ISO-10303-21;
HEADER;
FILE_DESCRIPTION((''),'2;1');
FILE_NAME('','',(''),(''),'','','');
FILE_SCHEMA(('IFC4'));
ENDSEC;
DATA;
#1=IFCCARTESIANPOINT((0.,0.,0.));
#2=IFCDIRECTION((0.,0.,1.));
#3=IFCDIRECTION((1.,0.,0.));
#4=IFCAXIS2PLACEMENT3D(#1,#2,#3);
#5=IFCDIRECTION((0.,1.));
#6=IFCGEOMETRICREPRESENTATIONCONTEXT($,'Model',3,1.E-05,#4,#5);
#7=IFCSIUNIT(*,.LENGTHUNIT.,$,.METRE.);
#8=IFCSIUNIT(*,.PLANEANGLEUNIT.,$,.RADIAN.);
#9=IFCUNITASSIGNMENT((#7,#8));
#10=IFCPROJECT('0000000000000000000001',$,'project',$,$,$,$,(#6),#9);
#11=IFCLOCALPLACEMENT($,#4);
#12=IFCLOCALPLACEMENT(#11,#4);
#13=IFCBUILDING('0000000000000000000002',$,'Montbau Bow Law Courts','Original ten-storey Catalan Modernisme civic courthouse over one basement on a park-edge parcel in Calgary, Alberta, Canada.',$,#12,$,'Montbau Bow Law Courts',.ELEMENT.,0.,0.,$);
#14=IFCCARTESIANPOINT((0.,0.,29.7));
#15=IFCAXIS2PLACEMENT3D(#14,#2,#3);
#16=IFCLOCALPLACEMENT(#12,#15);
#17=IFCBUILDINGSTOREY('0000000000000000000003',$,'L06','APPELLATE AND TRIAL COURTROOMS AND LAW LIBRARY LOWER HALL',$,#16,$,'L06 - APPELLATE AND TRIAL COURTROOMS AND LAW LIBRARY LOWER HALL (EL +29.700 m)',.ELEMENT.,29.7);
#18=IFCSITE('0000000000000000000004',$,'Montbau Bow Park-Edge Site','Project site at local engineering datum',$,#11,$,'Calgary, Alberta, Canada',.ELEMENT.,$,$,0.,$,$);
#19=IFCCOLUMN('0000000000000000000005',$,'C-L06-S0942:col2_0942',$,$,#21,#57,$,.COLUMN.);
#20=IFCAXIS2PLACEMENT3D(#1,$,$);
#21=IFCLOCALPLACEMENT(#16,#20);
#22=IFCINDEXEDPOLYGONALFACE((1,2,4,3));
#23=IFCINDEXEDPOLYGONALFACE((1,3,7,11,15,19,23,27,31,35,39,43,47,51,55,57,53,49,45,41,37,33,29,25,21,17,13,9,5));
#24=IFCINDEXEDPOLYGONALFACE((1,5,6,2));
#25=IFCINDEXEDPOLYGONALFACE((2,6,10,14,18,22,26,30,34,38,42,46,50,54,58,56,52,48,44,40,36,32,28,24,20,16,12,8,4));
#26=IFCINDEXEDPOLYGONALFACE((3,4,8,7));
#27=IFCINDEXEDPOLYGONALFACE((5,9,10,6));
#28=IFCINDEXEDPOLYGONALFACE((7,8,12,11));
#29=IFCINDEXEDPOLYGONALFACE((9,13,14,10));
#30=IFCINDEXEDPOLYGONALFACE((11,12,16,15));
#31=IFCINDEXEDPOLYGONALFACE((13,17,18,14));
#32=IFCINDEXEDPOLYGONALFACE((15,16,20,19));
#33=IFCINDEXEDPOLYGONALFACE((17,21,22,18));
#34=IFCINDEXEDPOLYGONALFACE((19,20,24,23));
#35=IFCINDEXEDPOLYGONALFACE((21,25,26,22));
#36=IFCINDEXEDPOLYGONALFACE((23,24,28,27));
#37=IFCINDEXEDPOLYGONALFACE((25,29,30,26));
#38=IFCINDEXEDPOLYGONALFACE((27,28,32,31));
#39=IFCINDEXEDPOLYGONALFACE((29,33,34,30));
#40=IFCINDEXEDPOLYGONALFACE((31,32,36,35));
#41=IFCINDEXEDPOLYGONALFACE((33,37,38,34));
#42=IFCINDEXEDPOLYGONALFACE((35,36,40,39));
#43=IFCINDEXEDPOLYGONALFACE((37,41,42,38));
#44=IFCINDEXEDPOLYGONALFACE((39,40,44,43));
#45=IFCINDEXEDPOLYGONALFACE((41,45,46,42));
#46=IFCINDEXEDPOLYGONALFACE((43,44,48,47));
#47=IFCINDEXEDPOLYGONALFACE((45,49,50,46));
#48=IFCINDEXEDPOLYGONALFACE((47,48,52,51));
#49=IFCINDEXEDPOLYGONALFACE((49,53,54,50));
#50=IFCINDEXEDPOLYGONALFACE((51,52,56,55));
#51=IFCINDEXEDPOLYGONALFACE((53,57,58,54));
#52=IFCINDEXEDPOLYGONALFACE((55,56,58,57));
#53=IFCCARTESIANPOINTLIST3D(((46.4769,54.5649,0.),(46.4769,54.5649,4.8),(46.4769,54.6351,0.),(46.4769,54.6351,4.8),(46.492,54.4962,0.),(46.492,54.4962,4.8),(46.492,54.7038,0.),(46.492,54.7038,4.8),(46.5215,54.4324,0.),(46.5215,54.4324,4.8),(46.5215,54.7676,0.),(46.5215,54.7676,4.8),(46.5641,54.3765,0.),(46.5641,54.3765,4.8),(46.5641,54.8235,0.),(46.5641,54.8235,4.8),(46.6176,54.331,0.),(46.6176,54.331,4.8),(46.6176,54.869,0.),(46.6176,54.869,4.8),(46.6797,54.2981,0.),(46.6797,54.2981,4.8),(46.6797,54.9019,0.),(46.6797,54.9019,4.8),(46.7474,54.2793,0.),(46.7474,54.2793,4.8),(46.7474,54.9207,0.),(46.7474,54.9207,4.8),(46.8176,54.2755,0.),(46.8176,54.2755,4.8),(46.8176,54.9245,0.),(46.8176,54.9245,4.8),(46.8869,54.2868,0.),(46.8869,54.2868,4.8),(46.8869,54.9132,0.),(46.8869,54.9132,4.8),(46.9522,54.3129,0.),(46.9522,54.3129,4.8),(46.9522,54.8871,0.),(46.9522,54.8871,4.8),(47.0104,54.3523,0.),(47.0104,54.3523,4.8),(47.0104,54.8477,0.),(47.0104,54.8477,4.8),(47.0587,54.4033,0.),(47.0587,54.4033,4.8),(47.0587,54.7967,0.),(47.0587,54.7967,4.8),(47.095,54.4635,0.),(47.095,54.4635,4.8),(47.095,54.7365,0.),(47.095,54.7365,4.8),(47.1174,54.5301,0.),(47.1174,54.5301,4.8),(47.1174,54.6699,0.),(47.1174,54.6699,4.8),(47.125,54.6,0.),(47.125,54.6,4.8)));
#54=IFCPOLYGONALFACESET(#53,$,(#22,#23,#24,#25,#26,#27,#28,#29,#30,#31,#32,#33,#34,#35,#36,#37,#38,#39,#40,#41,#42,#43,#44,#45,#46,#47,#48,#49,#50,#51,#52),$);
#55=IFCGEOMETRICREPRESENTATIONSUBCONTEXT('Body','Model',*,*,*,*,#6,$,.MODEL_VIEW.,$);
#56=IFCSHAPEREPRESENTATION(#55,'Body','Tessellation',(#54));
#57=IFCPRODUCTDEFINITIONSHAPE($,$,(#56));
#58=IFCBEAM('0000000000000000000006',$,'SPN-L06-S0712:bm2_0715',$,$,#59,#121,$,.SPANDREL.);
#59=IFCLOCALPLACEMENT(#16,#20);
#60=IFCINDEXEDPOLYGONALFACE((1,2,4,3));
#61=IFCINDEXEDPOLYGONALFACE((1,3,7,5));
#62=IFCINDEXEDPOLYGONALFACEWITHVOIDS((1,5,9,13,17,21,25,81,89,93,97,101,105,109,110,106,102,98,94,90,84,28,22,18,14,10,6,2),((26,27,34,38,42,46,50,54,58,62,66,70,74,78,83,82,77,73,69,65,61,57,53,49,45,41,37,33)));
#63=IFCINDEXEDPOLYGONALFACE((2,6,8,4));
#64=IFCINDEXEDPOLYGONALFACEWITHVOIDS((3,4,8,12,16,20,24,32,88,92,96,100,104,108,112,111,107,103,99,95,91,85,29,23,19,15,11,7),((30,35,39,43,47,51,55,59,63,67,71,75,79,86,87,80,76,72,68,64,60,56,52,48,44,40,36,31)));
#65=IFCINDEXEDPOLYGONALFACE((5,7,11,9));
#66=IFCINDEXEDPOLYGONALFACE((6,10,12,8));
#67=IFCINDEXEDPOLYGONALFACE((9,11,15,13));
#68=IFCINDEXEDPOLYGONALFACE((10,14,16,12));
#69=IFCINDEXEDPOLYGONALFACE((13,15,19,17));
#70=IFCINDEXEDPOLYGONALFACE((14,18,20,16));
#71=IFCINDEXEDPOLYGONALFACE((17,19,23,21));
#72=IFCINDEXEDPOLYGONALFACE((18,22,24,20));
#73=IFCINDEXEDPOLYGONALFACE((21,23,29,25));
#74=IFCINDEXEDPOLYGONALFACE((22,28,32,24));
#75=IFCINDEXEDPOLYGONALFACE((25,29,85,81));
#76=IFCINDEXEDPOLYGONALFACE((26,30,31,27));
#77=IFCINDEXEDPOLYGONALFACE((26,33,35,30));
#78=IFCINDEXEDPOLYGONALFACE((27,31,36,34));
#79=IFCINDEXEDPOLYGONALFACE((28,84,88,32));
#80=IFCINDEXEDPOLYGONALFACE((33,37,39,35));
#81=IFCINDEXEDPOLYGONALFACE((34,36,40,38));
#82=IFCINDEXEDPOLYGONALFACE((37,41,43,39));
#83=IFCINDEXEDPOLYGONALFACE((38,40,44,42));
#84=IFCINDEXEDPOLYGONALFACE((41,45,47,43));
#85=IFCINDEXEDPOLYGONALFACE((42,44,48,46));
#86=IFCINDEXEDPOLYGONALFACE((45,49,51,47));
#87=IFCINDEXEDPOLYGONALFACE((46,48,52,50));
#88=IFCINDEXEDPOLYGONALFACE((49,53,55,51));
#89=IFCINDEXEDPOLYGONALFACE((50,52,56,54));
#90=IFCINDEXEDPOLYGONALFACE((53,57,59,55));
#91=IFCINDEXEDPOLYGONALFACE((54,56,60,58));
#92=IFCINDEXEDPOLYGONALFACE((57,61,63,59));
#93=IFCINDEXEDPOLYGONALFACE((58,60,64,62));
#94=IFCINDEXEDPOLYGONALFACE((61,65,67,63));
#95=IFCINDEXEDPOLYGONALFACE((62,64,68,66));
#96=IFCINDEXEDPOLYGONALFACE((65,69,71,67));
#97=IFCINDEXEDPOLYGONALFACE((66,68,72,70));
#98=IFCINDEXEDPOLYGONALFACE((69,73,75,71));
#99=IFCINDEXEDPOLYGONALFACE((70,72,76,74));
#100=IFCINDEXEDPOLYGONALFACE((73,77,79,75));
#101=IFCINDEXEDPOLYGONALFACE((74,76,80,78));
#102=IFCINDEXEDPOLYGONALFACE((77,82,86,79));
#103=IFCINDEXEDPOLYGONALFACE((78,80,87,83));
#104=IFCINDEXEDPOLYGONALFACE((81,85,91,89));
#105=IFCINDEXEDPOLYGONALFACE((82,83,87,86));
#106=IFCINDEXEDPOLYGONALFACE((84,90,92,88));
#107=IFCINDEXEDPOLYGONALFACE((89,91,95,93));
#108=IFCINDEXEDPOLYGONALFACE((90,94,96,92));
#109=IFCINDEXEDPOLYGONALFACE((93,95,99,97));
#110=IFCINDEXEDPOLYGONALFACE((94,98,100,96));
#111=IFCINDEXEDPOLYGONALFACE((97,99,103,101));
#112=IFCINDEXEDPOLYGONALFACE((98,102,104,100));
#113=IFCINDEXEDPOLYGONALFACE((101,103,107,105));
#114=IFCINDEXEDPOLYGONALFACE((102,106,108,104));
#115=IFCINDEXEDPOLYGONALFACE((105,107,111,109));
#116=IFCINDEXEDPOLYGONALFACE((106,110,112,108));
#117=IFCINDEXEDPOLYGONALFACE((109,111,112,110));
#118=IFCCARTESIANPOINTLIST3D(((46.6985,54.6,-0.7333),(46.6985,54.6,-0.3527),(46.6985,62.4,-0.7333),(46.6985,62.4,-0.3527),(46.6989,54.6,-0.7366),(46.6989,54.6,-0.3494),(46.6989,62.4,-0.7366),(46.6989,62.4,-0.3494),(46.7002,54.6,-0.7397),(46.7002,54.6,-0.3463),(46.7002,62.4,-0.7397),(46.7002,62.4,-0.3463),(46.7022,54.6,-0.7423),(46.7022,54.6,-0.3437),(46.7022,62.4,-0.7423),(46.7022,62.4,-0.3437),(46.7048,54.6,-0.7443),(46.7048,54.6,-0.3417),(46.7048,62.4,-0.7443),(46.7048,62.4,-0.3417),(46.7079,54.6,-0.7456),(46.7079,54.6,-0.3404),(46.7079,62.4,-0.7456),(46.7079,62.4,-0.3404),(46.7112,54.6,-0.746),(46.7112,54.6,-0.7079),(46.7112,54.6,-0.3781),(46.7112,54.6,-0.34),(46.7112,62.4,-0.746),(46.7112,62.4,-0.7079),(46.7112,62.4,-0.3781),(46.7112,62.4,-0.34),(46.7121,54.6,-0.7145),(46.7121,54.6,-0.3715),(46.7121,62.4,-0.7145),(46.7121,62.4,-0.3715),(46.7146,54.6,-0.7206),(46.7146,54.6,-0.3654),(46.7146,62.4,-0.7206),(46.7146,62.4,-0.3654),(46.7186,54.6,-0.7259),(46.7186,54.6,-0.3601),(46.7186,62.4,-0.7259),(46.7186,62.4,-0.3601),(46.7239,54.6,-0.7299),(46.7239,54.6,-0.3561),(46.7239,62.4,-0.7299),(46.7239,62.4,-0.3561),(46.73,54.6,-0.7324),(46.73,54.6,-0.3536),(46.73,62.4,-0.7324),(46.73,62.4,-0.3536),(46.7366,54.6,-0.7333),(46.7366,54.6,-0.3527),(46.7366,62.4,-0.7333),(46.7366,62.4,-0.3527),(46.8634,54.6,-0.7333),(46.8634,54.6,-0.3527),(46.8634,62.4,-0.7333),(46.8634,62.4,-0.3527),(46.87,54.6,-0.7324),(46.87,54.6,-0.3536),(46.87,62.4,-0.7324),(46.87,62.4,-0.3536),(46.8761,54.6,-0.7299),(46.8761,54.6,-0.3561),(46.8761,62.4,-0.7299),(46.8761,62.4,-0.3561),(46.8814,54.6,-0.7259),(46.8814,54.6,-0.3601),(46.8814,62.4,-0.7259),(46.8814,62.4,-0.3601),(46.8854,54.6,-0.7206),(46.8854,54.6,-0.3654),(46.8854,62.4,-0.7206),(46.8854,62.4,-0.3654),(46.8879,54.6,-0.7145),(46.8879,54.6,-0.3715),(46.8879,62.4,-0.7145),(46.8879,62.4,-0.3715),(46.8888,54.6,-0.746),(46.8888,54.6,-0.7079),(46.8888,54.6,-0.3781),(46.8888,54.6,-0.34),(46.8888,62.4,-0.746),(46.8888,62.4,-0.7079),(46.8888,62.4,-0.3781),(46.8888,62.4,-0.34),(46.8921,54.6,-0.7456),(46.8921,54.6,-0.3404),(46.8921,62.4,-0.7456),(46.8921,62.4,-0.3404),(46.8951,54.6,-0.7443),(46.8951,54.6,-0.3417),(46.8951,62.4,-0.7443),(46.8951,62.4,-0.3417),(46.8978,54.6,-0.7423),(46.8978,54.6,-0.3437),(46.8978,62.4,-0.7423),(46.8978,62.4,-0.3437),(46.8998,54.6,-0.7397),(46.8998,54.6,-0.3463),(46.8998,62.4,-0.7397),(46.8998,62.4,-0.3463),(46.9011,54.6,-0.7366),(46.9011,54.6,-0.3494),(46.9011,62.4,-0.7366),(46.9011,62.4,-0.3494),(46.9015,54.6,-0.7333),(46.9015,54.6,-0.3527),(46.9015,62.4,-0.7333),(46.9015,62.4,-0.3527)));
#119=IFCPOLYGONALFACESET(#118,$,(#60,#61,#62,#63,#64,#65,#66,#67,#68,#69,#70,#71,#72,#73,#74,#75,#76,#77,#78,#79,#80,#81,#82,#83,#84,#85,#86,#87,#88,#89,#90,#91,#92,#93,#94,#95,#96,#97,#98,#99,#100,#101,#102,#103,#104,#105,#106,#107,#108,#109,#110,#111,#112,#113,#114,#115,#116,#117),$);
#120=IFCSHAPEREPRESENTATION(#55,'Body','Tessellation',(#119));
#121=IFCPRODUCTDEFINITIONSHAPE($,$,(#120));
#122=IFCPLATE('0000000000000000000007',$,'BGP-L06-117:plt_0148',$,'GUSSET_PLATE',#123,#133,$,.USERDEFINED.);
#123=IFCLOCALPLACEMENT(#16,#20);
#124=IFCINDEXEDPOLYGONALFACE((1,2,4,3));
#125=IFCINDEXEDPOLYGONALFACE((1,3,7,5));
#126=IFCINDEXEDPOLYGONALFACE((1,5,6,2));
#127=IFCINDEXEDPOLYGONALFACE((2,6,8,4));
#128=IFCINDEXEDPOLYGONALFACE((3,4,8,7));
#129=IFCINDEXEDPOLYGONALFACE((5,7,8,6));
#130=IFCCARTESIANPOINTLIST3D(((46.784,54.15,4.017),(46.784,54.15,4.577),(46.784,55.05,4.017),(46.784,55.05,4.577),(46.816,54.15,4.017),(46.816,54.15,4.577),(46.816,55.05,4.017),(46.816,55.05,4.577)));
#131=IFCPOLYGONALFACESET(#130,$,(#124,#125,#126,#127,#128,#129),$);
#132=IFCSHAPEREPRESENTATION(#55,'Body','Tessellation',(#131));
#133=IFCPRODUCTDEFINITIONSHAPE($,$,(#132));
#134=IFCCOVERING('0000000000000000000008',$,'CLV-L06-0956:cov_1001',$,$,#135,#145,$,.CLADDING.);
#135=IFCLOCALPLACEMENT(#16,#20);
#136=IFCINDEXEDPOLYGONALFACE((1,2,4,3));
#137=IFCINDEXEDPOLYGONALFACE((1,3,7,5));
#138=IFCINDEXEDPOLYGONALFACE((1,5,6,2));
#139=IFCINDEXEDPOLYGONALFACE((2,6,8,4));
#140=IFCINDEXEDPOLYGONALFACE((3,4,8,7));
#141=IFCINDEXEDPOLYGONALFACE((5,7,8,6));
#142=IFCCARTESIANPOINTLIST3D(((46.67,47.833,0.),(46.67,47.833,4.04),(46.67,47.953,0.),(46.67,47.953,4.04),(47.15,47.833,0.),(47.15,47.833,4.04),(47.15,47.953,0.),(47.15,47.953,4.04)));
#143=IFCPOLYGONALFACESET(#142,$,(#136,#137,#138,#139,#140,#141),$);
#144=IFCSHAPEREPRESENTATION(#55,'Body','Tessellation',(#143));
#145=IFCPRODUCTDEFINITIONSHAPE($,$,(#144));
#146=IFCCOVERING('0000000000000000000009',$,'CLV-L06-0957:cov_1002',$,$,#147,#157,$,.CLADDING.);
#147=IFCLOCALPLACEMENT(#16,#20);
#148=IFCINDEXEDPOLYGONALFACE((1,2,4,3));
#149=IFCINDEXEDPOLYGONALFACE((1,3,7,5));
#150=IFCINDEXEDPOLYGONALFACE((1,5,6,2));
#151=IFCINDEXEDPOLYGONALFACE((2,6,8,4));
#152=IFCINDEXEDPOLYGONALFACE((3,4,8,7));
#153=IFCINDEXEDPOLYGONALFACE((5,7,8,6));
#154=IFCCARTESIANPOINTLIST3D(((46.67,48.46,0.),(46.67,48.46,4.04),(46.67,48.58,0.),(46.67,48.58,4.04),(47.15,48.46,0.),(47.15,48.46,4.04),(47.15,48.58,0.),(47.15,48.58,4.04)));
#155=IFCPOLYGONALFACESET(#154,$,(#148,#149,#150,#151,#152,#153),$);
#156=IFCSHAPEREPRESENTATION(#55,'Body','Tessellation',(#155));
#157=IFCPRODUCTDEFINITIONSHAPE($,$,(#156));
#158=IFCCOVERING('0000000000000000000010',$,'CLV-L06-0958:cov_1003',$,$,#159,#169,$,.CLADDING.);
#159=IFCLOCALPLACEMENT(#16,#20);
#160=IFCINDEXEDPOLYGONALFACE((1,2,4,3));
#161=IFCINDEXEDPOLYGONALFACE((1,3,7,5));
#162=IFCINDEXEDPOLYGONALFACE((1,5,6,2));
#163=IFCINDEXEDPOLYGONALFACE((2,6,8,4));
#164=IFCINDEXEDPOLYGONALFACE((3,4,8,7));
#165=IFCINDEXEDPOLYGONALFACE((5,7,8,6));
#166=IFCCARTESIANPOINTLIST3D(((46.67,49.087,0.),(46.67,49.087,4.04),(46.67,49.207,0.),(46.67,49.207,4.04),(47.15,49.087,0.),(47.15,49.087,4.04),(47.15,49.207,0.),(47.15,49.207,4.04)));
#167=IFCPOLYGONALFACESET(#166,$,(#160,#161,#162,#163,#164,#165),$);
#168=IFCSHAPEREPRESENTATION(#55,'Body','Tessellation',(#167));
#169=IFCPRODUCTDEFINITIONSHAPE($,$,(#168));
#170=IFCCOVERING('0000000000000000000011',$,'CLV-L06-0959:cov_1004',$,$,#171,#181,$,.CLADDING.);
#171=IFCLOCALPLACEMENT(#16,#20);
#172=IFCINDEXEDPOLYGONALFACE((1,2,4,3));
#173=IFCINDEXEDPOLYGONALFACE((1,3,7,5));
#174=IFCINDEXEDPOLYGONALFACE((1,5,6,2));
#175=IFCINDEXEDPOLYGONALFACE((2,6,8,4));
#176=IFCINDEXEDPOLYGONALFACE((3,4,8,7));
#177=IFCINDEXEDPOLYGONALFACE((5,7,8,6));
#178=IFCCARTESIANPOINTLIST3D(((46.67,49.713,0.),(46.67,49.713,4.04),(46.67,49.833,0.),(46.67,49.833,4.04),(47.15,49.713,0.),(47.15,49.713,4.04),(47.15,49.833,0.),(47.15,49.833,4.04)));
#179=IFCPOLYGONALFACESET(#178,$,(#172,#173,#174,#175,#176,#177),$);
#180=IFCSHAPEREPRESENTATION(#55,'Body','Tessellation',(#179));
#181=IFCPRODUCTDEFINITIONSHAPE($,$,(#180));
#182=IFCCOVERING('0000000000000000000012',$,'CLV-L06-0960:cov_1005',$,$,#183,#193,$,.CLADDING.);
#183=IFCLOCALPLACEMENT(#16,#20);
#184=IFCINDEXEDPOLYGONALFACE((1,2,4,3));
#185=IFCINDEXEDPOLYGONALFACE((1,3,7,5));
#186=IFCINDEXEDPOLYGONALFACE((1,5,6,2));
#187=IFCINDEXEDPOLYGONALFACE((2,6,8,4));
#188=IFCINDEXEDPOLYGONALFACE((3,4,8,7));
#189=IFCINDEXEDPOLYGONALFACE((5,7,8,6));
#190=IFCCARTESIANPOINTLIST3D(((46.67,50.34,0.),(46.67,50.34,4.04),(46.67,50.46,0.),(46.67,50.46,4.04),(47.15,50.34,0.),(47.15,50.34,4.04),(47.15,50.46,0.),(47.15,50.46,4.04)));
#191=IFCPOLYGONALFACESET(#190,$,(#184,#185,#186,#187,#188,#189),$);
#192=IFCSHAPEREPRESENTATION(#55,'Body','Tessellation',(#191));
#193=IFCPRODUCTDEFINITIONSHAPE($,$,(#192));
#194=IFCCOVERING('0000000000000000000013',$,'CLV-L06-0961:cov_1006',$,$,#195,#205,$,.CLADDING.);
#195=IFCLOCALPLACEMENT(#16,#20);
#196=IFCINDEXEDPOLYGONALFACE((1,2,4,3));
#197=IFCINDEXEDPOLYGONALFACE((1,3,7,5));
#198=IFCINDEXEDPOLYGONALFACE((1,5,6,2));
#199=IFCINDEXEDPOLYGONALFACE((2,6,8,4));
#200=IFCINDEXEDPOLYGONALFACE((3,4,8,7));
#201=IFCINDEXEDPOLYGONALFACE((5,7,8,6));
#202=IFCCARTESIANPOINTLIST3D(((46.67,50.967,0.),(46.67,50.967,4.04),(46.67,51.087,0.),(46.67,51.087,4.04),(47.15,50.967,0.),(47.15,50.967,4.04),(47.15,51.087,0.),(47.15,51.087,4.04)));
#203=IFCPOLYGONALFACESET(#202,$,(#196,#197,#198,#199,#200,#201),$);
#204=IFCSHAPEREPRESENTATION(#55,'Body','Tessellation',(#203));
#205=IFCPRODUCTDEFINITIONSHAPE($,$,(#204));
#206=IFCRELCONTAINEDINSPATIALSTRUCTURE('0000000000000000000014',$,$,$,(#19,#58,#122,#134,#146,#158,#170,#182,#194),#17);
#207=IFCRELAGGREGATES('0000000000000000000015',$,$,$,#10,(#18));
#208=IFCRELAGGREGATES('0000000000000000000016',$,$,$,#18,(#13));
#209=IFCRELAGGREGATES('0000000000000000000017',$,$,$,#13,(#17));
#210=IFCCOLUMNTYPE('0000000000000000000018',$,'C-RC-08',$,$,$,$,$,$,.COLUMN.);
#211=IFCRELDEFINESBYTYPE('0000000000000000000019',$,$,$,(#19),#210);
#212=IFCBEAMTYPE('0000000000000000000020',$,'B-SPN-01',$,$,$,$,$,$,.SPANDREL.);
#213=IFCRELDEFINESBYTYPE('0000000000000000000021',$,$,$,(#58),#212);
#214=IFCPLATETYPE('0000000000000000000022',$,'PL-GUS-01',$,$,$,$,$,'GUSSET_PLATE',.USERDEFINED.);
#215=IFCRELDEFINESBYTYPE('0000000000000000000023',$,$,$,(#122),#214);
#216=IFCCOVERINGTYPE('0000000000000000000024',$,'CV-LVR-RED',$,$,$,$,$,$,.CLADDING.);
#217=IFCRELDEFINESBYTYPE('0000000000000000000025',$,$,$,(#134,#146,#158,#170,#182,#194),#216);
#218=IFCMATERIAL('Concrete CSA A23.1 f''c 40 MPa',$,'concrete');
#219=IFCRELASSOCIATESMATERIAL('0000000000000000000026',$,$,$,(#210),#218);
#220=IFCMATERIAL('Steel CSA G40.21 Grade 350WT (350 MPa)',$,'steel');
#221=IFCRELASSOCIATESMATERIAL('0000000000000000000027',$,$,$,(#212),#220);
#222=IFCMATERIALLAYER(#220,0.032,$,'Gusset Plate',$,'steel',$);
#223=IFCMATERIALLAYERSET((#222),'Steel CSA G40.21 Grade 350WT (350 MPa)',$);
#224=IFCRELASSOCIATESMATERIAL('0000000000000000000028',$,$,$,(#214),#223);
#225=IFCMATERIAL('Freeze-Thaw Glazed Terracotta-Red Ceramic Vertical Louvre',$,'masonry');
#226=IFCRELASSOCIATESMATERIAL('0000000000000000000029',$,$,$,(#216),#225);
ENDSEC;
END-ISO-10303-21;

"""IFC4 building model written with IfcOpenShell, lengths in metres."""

from ifc_helpers import new_model, si_unit, direction, frame, frame_2d, origin_with_axes, origin_2d_with_axis, place, context, subcontext, project, spatial, rectangle, hollow_rectangle, circle, extrude, material, layer, layer_set, material_profile, profile_set, type_object, element, save


model = new_model("IFC4")

# Units and contexts
model_context = context("Model", 3, precision=1e-05, world=origin_with_axes(), true_north=direction((0.0, 1.0)))
body_context = subcontext(model_context, "Body", "Model", "MODEL_VIEW")
ifc_project = project(units=[si_unit("LENGTHUNIT", "METRE"), si_unit("PLANEANGLEUNIT", "RADIAN")], contexts=[model_context])

# Site, building, storey
site_placement = place(None, origin_with_axes())
site = spatial("IfcSite", under=ifc_project, at=site_placement, Name="Montbau Bow Park-Edge Site", Description="Project site at local engineering datum", LongName="Calgary, Alberta, Canada", CompositionType="ELEMENT", RefElevation=0.0)
building_placement = place(site_placement, origin_with_axes())
building = spatial("IfcBuilding", under=site, at=building_placement, Name="Montbau Bow Law Courts", Description="Original ten-storey Catalan Modernisme civic courthouse over one basement on a park-edge parcel in Calgary, Alberta, Canada.", LongName="Montbau Bow Law Courts", CompositionType="ELEMENT", ElevationOfRefHeight=0.0, ElevationOfTerrain=0.0)
storey_placement = place(building_placement, frame((0.0, 0.0, 29.7), z_axis=(0.0, 0.0, 1.0), x_axis=(1.0, 0.0, 0.0)))
storey = spatial("IfcBuildingStorey", under=building, at=storey_placement, Name="L06", Description="APPELLATE AND TRIAL COURTROOMS AND LAW LIBRARY LOWER HALL", LongName="L06 - APPELLATE AND TRIAL COURTROOMS AND LAW LIBRARY LOWER HALL (EL +29.700 m)", CompositionType="ELEMENT", Elevation=29.7)

# Column
ifc_material_1 = material(Name="Concrete CSA A23.1 f'c 40 MPa", Category="concrete")
ifc_material_profile_1 = material_profile(ifc_material_1, circle(Radius=0.325, at=origin_2d_with_axis()), Name="RC650D", Category="Main", Priority=0)
ifc_profile_set_1 = profile_set([ifc_material_profile_1], Name="Concrete CSA A23.1 f'c 40 MPa")
column_type = type_object("IfcColumnType", Name="C-RC-08", PredefinedType="COLUMN", material=ifc_profile_set_1)
column_placement = place(None, frame((46.8, 54.6, 29.7), z_axis=(0.0, 0.0, 1.0), x_axis=(1.0, 0.0, 0.0)))
element("IfcColumn", 1, at=column_placement, inside=storey, type_object=column_type, Name="C-L06-S0942:col2_0942", PredefinedType="COLUMN", context=body_context, shape_type="SweptSolid", body=[
    extrude(circle(Radius=0.325, at=origin_2d_with_axis()), origin_with_axes(), (0.0, 0.0, 1.0), 4.8),
])

# Beam
ifc_material_2 = material(Name="Steel CSA G40.21 Grade 350WT (350 MPa)", Category="steel")
ifc_material_profile_2 = material_profile(ifc_material_2, hollow_rectangle(XDim=0.203, YDim=0.406, WallThickness=0.0127, InnerFilletRadius=0.0254, OuterFilletRadius=0.0127, at=origin_2d_with_axis()), Name="HSS406X203X13", Category="Main", Priority=0)
ifc_profile_set_2 = profile_set([ifc_material_profile_2], Name="Steel CSA G40.21 Grade 350WT (350 MPa)")
beam_type = type_object("IfcBeamType", Name="B-SPN-01", PredefinedType="SPANDREL", material=ifc_profile_set_2)
beam_placement = place(None, frame((46.8, 54.6, 29.157), z_axis=(0.0, 1.0, 0.0), x_axis=(-1.0, 0.0, 0.0)))
element("IfcBeam", 2, at=beam_placement, inside=storey, type_object=beam_type, Name="SPN-L06-S0712:bm2_0715", PredefinedType="SPANDREL", context=body_context, shape_type="SweptSolid", body=[
    extrude(hollow_rectangle(XDim=0.203, YDim=0.406, WallThickness=0.0127, InnerFilletRadius=0.0254, OuterFilletRadius=0.0127, at=origin_2d_with_axis()), origin_with_axes(), (0.0, 0.0, 1.0), 7.8),
])

# Plate
ifc_layer = layer(ifc_material_2, 0.032, Name="Gusset Plate", Category="steel")
ifc_layer_set = layer_set([ifc_layer], Name="Steel CSA G40.21 Grade 350WT (350 MPa)")
plate_type = type_object("IfcPlateType", Name="PL-GUS-01", ElementType="GUSSET_PLATE", PredefinedType="USERDEFINED", material=ifc_layer_set)
plate_placement = place(None, frame((46.8, 54.6, 33.717), z_axis=(0.0, 0.0, 1.0), x_axis=(0.0, 1.0, 0.0)))
element("IfcPlate", 3, at=plate_placement, inside=storey, type_object=plate_type, Name="BGP-L06-117:plt_0148", ObjectType="GUSSET_PLATE", PredefinedType="USERDEFINED", context=body_context, shape_type="SweptSolid", body=[
    extrude(rectangle(XDim=0.9, YDim=0.032, at=origin_2d_with_axis()), origin_with_axes(), (0.0, 0.0, 1.0), 0.56),
])

# Coverings
ifc_material_3 = material(Name="Freeze-Thaw Glazed Terracotta-Red Ceramic Vertical Louvre", Category="masonry")
covering_type = type_object("IfcCoveringType", Name="CV-LVR-RED", PredefinedType="CLADDING", material=ifc_material_3)
for number, where, z_axis, x_axis, name in (
    (4, (46.67, 47.893, 29.7), (0.0, -1.0, 0.0), (1.0, 0.0, 0.0), "CLV-L06-0956:cov_1001"),
    (5, (46.67, 48.52, 29.7), (0.0, -1.0, 0.0), (1.0, 0.0, 0.0), "CLV-L06-0957:cov_1002"),
    (6, (46.67, 49.147, 29.7), (0.0, -1.0, 0.0), (1.0, 0.0, 0.0), "CLV-L06-0958:cov_1003"),
    (7, (46.67, 49.773, 29.7), (0.0, -1.0, 0.0), (1.0, 0.0, 0.0), "CLV-L06-0959:cov_1004"),
    (8, (46.67, 50.4, 29.7), (0.0, -1.0, 0.0), (1.0, 0.0, 0.0), "CLV-L06-0960:cov_1005"),
    (9, (46.67, 51.027, 29.7), (0.0, -1.0, 0.0), (1.0, 0.0, 0.0), "CLV-L06-0961:cov_1006"),
):
    element("IfcCovering", number, at=place(None, frame(where, z_axis=z_axis, x_axis=x_axis)), inside=storey, type_object=covering_type, Name=name, PredefinedType="CLADDING", context=body_context, shape_type="SweptSolid", body=[
        extrude(rectangle(XDim=0.48, YDim=4.04, at=frame_2d((0.24, 2.02), x_axis=(1.0, 0.0))), frame((0.0, 0.0, -0.06), z_axis=(0.0, 0.0, 1.0), x_axis=(1.0, 0.0, 0.0)), (0.0, 0.0, 1.0), 0.12),
    ])

save(model, "model.ifc")
